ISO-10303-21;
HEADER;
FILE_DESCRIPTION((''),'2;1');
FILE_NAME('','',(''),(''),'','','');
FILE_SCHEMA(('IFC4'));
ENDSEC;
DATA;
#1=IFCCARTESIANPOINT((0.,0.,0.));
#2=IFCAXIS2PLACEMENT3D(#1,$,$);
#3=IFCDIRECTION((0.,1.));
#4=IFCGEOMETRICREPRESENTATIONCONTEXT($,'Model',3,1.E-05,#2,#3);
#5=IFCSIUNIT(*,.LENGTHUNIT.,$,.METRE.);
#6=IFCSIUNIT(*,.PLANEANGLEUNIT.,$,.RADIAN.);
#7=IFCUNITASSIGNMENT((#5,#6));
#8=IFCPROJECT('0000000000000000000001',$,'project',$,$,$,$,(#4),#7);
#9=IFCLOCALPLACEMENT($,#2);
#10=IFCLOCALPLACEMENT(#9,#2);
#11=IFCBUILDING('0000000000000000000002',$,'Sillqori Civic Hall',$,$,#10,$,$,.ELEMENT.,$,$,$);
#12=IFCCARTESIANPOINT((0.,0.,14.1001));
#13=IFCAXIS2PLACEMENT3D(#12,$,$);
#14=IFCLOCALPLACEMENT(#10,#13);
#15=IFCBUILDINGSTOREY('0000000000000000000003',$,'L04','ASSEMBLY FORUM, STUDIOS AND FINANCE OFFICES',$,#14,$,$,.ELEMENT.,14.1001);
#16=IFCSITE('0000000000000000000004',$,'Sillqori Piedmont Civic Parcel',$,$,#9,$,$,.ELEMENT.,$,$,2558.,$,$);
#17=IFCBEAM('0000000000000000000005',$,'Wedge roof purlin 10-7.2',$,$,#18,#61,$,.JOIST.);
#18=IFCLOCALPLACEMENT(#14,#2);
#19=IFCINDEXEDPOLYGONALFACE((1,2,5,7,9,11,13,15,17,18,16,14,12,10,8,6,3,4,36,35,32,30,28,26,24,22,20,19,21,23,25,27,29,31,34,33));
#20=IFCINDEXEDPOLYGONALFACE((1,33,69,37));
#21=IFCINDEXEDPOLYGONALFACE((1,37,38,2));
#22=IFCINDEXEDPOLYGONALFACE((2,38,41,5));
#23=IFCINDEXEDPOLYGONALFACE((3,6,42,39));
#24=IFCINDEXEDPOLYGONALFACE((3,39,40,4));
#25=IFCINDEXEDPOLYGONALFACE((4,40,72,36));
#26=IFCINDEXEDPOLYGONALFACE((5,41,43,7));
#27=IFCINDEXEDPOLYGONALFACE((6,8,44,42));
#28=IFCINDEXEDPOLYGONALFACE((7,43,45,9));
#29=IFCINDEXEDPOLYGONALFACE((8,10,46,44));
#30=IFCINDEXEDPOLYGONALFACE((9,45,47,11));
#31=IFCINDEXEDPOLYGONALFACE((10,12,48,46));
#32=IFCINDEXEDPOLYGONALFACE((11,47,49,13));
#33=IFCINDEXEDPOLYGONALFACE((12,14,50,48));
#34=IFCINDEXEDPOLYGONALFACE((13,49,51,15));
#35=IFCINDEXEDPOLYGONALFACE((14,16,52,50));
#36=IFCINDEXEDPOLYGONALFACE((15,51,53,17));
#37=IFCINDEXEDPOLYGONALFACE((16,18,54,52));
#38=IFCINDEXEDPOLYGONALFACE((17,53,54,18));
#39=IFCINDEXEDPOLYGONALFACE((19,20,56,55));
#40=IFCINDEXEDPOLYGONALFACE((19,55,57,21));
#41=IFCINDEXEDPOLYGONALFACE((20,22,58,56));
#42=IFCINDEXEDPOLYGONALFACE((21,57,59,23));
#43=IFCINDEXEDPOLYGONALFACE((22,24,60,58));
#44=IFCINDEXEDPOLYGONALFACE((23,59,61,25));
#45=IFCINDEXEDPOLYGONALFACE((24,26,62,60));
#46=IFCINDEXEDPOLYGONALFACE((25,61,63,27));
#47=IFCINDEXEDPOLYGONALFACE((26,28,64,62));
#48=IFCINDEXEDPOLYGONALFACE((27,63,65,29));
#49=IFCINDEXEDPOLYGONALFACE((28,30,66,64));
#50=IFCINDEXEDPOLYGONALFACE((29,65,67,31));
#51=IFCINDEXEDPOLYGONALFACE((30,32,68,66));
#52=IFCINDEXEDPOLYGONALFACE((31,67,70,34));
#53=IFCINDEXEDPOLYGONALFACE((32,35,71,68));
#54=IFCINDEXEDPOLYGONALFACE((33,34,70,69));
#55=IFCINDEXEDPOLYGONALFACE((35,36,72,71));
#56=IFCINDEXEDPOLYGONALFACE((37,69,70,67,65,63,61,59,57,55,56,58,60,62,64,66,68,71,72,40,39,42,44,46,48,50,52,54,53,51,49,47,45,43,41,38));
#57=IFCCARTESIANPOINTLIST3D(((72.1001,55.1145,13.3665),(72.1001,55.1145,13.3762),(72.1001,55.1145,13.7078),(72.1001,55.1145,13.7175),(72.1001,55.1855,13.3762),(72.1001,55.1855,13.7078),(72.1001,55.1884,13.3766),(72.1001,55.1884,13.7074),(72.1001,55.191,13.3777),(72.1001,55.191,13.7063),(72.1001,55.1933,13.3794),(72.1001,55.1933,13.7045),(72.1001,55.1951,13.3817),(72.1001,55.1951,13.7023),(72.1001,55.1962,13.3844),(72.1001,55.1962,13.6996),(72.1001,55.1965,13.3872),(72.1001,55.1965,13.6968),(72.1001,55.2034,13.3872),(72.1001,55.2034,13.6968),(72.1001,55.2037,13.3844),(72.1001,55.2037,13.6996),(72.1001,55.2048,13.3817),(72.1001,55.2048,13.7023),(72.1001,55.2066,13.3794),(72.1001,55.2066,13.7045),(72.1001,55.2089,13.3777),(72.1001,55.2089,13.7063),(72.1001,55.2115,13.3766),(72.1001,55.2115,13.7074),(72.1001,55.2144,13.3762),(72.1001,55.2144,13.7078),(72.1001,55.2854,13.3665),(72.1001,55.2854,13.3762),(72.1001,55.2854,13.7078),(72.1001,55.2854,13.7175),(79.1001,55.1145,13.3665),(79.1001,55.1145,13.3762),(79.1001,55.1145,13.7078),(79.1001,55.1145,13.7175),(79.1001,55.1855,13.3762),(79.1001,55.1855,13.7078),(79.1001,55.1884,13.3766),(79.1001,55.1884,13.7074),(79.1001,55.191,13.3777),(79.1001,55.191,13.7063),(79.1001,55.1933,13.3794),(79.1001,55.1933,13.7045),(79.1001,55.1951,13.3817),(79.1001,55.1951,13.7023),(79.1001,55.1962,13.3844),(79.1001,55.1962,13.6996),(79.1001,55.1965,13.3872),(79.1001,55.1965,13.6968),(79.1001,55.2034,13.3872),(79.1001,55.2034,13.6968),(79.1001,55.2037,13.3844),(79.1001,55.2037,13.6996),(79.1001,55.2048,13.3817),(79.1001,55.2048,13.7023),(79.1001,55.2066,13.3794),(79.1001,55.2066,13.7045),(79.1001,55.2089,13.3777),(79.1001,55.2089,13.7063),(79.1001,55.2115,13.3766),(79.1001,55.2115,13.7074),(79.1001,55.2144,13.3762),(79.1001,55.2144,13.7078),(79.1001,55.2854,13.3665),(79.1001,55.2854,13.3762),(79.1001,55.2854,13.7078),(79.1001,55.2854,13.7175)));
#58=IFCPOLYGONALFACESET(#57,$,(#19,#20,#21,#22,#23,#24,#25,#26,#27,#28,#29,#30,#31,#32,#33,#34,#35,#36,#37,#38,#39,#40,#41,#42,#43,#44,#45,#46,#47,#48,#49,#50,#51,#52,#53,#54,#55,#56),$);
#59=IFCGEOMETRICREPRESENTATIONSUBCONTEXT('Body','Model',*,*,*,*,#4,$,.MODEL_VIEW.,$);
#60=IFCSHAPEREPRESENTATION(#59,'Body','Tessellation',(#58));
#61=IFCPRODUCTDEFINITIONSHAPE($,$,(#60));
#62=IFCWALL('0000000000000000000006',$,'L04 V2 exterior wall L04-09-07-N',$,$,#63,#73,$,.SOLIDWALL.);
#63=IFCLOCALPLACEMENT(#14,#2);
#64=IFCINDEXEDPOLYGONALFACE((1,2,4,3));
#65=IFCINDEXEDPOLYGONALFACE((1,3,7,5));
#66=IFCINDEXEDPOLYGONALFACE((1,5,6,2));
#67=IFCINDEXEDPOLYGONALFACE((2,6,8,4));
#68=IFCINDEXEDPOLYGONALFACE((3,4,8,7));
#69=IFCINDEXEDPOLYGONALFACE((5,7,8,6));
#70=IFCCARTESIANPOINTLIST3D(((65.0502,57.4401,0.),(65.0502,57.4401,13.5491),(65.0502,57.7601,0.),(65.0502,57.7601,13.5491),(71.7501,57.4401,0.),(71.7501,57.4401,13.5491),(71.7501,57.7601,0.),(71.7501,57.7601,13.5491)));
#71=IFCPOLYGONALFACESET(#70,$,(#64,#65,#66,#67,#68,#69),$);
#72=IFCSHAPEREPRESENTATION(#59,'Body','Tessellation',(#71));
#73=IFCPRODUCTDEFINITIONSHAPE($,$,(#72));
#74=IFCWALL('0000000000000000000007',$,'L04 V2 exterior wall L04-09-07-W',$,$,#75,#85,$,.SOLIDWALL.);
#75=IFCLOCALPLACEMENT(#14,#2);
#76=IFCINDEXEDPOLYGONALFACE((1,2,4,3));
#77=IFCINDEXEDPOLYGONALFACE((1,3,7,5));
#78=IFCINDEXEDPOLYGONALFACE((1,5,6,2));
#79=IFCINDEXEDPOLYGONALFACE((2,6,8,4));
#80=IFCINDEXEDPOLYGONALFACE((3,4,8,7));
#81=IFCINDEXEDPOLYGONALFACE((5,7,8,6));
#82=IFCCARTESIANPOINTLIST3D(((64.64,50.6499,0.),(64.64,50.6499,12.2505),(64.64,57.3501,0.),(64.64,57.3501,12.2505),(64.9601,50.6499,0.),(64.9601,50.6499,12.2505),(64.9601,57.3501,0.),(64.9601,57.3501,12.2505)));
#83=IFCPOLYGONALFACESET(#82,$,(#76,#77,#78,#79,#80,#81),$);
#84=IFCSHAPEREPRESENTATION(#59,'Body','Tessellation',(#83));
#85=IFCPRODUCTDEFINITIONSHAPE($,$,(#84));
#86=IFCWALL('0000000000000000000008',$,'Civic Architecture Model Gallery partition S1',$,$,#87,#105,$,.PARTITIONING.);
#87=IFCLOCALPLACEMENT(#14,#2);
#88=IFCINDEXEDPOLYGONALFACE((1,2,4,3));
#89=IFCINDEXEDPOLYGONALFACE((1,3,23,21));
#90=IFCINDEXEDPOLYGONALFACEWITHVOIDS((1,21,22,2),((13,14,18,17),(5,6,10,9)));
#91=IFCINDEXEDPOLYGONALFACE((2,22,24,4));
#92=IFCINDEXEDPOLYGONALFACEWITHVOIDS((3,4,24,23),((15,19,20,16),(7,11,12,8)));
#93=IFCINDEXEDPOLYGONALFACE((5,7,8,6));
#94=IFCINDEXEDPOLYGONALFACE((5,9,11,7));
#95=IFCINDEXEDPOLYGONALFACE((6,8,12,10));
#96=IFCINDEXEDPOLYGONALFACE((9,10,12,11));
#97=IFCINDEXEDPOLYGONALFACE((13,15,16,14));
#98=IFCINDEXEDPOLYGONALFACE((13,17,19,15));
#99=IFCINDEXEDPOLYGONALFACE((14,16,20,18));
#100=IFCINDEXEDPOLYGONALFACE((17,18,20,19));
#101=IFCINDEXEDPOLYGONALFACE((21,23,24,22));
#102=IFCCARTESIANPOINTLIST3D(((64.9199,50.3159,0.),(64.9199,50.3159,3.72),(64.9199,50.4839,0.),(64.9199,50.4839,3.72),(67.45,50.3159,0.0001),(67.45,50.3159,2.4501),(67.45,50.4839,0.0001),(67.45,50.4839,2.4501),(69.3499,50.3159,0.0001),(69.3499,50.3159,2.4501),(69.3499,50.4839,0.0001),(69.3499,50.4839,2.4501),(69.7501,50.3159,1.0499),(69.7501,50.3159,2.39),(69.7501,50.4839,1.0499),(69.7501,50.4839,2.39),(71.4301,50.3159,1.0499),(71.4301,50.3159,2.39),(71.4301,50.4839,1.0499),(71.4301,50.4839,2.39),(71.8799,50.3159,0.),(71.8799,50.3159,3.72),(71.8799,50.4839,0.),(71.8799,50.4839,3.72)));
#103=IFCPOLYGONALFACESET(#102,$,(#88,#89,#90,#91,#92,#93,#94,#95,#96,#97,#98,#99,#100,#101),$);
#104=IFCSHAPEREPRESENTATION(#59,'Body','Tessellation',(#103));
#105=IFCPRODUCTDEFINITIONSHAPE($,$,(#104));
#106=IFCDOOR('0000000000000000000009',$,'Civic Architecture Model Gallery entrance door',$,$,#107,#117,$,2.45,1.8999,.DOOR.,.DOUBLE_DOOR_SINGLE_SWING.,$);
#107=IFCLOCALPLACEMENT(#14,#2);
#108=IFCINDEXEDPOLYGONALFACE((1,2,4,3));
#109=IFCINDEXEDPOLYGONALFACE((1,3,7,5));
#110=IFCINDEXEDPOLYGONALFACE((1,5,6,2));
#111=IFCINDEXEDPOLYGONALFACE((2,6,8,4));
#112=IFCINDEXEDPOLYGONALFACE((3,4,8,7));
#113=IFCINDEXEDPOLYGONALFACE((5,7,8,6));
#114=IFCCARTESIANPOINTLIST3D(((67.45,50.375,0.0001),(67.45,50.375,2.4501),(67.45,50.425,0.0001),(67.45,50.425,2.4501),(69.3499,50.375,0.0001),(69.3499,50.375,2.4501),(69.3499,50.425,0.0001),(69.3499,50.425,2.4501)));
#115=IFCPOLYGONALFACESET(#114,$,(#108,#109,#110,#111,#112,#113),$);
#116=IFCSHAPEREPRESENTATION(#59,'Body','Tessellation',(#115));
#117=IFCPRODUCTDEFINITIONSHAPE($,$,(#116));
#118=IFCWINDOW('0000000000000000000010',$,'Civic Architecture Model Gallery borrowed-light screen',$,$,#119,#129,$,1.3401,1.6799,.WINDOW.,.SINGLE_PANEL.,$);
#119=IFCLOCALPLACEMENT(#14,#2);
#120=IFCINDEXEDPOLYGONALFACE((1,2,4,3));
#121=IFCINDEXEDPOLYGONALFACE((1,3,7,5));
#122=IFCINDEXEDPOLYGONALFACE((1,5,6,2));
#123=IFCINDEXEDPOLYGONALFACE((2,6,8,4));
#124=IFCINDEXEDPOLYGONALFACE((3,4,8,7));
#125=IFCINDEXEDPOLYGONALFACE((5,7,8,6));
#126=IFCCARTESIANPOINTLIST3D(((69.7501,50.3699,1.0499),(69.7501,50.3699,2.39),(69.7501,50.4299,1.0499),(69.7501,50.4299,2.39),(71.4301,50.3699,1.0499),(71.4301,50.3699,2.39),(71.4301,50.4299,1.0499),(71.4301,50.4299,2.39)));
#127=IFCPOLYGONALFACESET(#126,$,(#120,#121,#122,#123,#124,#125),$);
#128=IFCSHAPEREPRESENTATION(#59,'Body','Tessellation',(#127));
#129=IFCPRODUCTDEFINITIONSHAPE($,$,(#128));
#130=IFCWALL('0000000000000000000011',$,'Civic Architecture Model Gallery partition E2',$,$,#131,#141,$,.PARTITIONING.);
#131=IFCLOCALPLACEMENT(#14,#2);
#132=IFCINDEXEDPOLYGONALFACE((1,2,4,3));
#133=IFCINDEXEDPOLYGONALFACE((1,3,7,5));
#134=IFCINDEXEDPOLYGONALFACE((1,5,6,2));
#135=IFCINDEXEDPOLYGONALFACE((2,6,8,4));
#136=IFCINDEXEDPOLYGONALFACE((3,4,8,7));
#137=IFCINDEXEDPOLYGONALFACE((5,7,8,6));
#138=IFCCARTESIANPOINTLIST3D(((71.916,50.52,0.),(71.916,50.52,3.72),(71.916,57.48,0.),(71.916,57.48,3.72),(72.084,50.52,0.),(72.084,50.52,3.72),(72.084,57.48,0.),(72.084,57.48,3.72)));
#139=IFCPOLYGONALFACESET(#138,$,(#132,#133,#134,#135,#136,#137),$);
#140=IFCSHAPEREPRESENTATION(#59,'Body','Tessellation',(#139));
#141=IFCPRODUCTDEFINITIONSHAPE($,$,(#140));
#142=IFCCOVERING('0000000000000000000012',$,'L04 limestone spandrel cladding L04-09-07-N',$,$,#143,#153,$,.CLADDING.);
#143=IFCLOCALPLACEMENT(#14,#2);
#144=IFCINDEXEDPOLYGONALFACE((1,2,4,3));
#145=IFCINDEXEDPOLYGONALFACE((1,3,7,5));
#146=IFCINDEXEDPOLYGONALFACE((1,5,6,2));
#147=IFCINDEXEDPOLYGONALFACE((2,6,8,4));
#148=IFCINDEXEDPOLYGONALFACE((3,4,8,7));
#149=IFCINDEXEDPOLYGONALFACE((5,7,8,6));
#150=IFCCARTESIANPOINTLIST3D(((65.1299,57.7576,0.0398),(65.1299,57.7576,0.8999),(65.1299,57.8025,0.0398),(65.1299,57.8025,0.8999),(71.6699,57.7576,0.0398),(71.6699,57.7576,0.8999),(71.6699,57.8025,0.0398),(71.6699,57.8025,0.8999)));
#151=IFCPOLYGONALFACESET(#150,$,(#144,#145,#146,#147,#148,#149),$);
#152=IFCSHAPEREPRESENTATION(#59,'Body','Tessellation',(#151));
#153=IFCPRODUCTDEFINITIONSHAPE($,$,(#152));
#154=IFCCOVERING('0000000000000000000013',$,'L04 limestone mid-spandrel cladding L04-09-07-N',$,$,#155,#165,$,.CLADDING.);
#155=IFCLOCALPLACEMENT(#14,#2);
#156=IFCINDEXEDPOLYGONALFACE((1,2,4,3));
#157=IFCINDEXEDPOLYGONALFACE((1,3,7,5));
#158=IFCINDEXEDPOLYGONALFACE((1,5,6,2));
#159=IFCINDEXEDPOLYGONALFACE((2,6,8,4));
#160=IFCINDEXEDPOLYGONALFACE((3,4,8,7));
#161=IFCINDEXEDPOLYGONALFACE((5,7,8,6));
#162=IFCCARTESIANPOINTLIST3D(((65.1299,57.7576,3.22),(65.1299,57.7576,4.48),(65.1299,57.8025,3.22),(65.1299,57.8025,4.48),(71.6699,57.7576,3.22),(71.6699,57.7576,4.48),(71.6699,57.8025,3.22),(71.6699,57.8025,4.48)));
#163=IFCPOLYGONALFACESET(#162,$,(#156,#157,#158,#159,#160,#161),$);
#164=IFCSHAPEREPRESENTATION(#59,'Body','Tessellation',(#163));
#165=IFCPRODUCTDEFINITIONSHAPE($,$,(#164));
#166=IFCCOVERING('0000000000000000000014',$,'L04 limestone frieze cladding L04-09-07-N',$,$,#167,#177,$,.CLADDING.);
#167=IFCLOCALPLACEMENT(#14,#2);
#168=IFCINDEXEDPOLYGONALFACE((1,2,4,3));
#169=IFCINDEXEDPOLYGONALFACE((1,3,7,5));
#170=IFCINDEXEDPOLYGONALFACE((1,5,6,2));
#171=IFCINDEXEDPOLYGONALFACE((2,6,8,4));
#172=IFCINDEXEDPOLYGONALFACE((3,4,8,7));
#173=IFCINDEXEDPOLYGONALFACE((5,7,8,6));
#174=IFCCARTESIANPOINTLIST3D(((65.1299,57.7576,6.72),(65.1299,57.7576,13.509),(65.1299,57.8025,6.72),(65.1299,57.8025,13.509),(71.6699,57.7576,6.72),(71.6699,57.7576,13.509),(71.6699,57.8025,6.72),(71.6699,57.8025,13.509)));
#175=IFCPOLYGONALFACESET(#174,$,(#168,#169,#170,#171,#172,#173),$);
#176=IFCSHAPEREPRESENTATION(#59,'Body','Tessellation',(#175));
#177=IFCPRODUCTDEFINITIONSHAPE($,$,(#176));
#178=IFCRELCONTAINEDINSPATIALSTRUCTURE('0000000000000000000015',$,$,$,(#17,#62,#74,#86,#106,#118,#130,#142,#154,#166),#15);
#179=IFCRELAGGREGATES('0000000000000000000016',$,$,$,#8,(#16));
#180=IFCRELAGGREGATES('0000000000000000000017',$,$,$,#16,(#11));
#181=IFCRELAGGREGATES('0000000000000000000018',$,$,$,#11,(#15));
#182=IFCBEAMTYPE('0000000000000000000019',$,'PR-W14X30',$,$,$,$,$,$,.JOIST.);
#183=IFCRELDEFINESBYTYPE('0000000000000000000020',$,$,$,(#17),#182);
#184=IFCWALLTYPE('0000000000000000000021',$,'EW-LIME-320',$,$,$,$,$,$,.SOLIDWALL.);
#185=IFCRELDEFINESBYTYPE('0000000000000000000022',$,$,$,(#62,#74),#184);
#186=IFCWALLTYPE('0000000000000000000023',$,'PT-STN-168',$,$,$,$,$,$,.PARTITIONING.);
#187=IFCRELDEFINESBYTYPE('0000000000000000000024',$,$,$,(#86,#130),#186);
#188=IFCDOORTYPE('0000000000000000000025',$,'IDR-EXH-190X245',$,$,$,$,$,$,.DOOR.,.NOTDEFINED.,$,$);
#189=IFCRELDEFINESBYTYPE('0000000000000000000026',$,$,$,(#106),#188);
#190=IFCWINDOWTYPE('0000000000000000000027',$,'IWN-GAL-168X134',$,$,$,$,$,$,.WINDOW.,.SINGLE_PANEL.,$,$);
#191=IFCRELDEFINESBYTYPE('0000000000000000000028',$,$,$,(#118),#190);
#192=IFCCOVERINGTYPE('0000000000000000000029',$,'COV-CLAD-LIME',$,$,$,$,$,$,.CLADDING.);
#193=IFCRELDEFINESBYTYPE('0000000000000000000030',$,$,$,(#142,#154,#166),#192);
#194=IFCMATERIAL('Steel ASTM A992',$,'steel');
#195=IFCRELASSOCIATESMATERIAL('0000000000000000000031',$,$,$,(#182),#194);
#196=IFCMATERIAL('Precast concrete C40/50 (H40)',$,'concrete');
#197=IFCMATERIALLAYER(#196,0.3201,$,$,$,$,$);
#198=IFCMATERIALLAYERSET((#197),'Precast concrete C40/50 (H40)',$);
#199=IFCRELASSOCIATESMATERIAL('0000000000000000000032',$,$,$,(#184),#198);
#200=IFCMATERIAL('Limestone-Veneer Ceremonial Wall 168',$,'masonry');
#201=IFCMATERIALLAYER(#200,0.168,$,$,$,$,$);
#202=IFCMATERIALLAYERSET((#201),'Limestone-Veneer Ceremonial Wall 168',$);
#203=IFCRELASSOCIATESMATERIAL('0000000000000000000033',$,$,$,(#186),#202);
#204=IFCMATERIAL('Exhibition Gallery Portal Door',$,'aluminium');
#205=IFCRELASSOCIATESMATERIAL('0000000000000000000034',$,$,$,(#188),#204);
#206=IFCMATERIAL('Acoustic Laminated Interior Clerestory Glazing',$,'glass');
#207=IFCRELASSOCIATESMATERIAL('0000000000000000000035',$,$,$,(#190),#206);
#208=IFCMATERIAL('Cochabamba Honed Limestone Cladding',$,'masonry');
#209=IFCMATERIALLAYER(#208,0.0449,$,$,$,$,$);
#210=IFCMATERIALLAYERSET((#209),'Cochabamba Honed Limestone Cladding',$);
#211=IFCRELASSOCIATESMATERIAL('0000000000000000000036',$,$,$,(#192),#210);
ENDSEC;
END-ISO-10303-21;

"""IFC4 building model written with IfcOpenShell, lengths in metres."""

from ifc_helpers import new_model, si_unit, direction, frame, frame_2d, origin, origin_2d, place, context, subcontext, project, spatial, rectangle, i_section, extrude, material, layer, layer_set, material_profile, profile_set, type_object, element, fill, save


model = new_model("IFC4")

# Units and contexts
model_context = context("Model", 3, precision=1e-05, world=origin(), true_north=direction((0.0, 1.0)))
body_context = subcontext(model_context, "Body", "Model", "MODEL_VIEW")
ifc_project = project(units=[si_unit("LENGTHUNIT", "METRE"), si_unit("PLANEANGLEUNIT", "RADIAN")], contexts=[model_context])

# Site, building, storey
site_placement = place(None, origin())
site = spatial("IfcSite", under=ifc_project, at=site_placement, Name="Sillqori Piedmont Civic Parcel", CompositionType="ELEMENT", RefElevation=2558.0)
building_placement = place(site_placement, origin())
building = spatial("IfcBuilding", under=site, at=building_placement, Name="Sillqori Civic Hall", CompositionType="ELEMENT")
storey_placement = place(building_placement, frame((0.0, 0.0, 14.1001)))
storey = spatial("IfcBuildingStorey", under=building, at=storey_placement, Name="L04", Description="ASSEMBLY FORUM, STUDIOS AND FINANCE OFFICES", CompositionType="ELEMENT", Elevation=14.1001)

# Shared definitions
ifc_material_1 = material(Name="Steel ASTM A992", Category="steel")

# Beam
ifc_material_profile_1 = material_profile(ifc_material_1, i_section(OverallWidth=0.1709, OverallDepth=0.3511, WebThickness=0.0068, FlangeThickness=0.0098, FilletRadius=0.011, at=origin_2d()), Name="W14X30")
ifc_profile_set_1 = profile_set([ifc_material_profile_1], Name="Steel ASTM A992")
beam_type_1 = type_object("IfcBeamType", Name="PR-W14X30", PredefinedType="JOIST", material=ifc_profile_set_1)
for number, where, z_axis, x_axis, name in (
    (1, (72.1001, 55.2, 13.542), (1.0, 0.0, 0.0), (0.0, 1.0, 0.0), "Wedge roof purlin 10-7.2"),
):
    element("IfcBeam", number, at=place(storey_placement, frame(where, z_axis=z_axis, x_axis=x_axis)), inside=storey, type_object=beam_type_1, Name=name, PredefinedType="JOIST", context=body_context, shape_type="SweptSolid", body=[
        extrude(i_section(OverallWidth=0.1709, OverallDepth=0.3511, WebThickness=0.0068, FlangeThickness=0.0098, FilletRadius=0.011, at=origin_2d()), origin(), (0.0, 0.0, 1.0), 7.0),
    ])

# Walls
ifc_material_2 = material(Name="Precast concrete C40/50 (H40)", Category="concrete")
ifc_layer_1 = layer(ifc_material_2, 0.3201)
ifc_layer_set_1 = layer_set([ifc_layer_1], Name="Precast concrete C40/50 (H40)")
wall_type_1 = type_object("IfcWallType", Name="EW-LIME-320", PredefinedType="SOLIDWALL", material=ifc_layer_set_1)
wall_1_placement = place(storey_placement, frame((65.05, 57.6001, 0.0), z_axis=(0.0, 0.0, 1.0), x_axis=(1.0, 0.0, 0.0)))
element("IfcWall", 2, at=wall_1_placement, inside=storey, type_object=wall_type_1, Name="L04 V2 exterior wall L04-09-07-N", PredefinedType="SOLIDWALL", context=body_context, shape_type="SweptSolid", body=[
    extrude(rectangle(XDim=6.7, YDim=0.3201, at=frame_2d((3.3501, 0.0))), origin(), (0.0, 0.0, 1.0), 13.5491),
])
wall_2_placement = place(storey_placement, frame((64.8, 50.6499, 0.0), z_axis=(0.0, 0.0, 1.0), x_axis=(0.0, 1.0, 0.0)))
element("IfcWall", 3, at=wall_2_placement, inside=storey, type_object=wall_type_1, Name="L04 V2 exterior wall L04-09-07-W", PredefinedType="SOLIDWALL", context=body_context, shape_type="SweptSolid", body=[
    extrude(rectangle(XDim=6.7002, YDim=0.3201, at=frame_2d((3.3501, 0.0))), origin(), (0.0, 0.0, 1.0), 12.2505),
])

# Wall, openings, door, window
ifc_material_3 = material(Name="Limestone-Veneer Ceremonial Wall 168", Category="masonry")
ifc_layer_2 = layer(ifc_material_3, 0.168)
ifc_layer_set_2 = layer_set([ifc_layer_2], Name="Limestone-Veneer Ceremonial Wall 168")
wall_type_2 = type_object("IfcWallType", Name="PT-STN-168", PredefinedType="PARTITIONING", material=ifc_layer_set_2)
wall_3_placement = place(storey_placement, frame((71.8799, 50.3999, 0.0), z_axis=(0.0, 0.0, 1.0), x_axis=(-1.0, 0.0, 0.0)))
wall_3 = element("IfcWall", 4, at=wall_3_placement, inside=storey, type_object=wall_type_2, Name="Civic Architecture Model Gallery partition S1", PredefinedType="PARTITIONING", context=body_context, shape_type="SweptSolid", body=[
    extrude(rectangle(XDim=6.96, YDim=0.168, at=frame_2d((3.48, 0.0))), origin(), (0.0, 0.0, 1.0), 3.72),
])
opening_1_placement = place(wall_3_placement, frame((2.53, 0.0, 0.0)))
opening_1 = element("IfcOpeningElement", 5, at=opening_1_placement, cuts=wall_3, PredefinedType="OPENING", context=body_context, shape_type="SweptSolid", body=[
    extrude(rectangle(XDim=1.8999, YDim=2.45, at=frame_2d((0.95, 1.2251))), frame((0.0, 0.094, 0.0), z_axis=(0.0, -1.0, 0.0), x_axis=(1.0, 0.0, 0.0)), (0.0, 0.0, 1.0), 0.188),
])
opening_2_placement = place(wall_3_placement, frame((0.45, 0.0, 1.05)))
opening_2 = element("IfcOpeningElement", 6, at=opening_2_placement, cuts=wall_3, PredefinedType="OPENING", context=body_context, shape_type="SweptSolid", body=[
    extrude(rectangle(XDim=1.6799, YDim=1.3401, at=frame_2d((0.8398, 0.6699))), frame((0.0, 0.094, 0.0), z_axis=(0.0, -1.0, 0.0), x_axis=(1.0, 0.0, 0.0)), (0.0, 0.0, 1.0), 0.188),
])
ifc_material_4 = material(Name="Exhibition Gallery Portal Door", Category="aluminium")
door_type = type_object("IfcDoorType", Name="IDR-EXH-190X245", OperationType="NOTDEFINED", PredefinedType="DOOR", material=ifc_material_4)
door_placement = place(opening_1_placement, origin())
door = element("IfcDoor", 7, at=door_placement, inside=storey, type_object=door_type, Name="Civic Architecture Model Gallery entrance door", OperationType="DOUBLE_DOOR_SINGLE_SWING", OverallHeight=2.45, OverallWidth=1.8999, PredefinedType="DOOR", context=body_context, shape_type="SweptSolid", body=[
    extrude(rectangle(XDim=1.8999, YDim=2.45, at=frame_2d((0.95, 1.2251))), frame((0.0, 0.0249, 0.0), z_axis=(0.0, -1.0, 0.0), x_axis=(1.0, 0.0, 0.0)), (0.0, 0.0, 1.0), 0.05),
])
fill(opening_1, door)
ifc_material_5 = material(Name="Acoustic Laminated Interior Clerestory Glazing", Category="glass")
window_type = type_object("IfcWindowType", Name="IWN-GAL-168X134", PartitioningType="SINGLE_PANEL", PredefinedType="WINDOW", material=ifc_material_5)
window_placement = place(opening_2_placement, origin())
window = element("IfcWindow", 8, at=window_placement, inside=storey, type_object=window_type, Name="Civic Architecture Model Gallery borrowed-light screen", OverallHeight=1.3401, OverallWidth=1.6799, PartitioningType="SINGLE_PANEL", PredefinedType="WINDOW", context=body_context, shape_type="SweptSolid", body=[
    extrude(rectangle(XDim=1.6799, YDim=1.3401, at=frame_2d((0.8398, 0.6699))), frame((0.0, 0.03, 0.0), z_axis=(0.0, -1.0, 0.0), x_axis=(1.0, 0.0, 0.0)), (0.0, 0.0, 1.0), 0.0601),
])
fill(opening_2, window)

# Wall
wall_4_placement = place(storey_placement, frame((72.0, 57.48, 0.0), z_axis=(0.0, 0.0, 1.0), x_axis=(0.0, -1.0, 0.0)))
element("IfcWall", 9, at=wall_4_placement, inside=storey, type_object=wall_type_2, Name="Civic Architecture Model Gallery partition E2", PredefinedType="PARTITIONING", context=body_context, shape_type="SweptSolid", body=[
    extrude(rectangle(XDim=6.96, YDim=0.168, at=frame_2d((3.48, 0.0))), origin(), (0.0, 0.0, 1.0), 3.72),
])

# Coverings
ifc_material_6 = material(Name="Cochabamba Honed Limestone Cladding", Category="masonry")
ifc_layer_3 = layer(ifc_material_6, 0.0449)
ifc_layer_set_3 = layer_set([ifc_layer_3], Name="Cochabamba Honed Limestone Cladding")
covering_type = type_object("IfcCoveringType", Name="COV-CLAD-LIME", PredefinedType="CLADDING", material=ifc_layer_set_3)
covering_1_placement = place(storey_placement, frame((65.1299, 57.78, 0.0398), z_axis=(0.0, 0.0, 1.0), x_axis=(1.0, 0.0, 0.0)))
element("IfcCovering", 10, at=covering_1_placement, inside=storey, type_object=covering_type, Name="L04 limestone spandrel cladding L04-09-07-N", PredefinedType="CLADDING", context=body_context, shape_type="SweptSolid", body=[
    extrude(rectangle(XDim=6.54, YDim=0.0449, at=frame_2d((3.27, 0.0))), origin(), (0.0, 0.0, 1.0), 0.8601),
])
covering_2_placement = place(storey_placement, frame((65.1299, 57.78, 3.22), z_axis=(0.0, 0.0, 1.0), x_axis=(1.0, 0.0, 0.0)))
element("IfcCovering", 11, at=covering_2_placement, inside=storey, type_object=covering_type, Name="L04 limestone mid-spandrel cladding L04-09-07-N", PredefinedType="CLADDING", context=body_context, shape_type="SweptSolid", body=[
    extrude(rectangle(XDim=6.54, YDim=0.0449, at=frame_2d((3.27, 0.0))), origin(), (0.0, 0.0, 1.0), 1.26),
])
covering_3_placement = place(storey_placement, frame((65.1299, 57.78, 6.72), z_axis=(0.0, 0.0, 1.0), x_axis=(1.0, 0.0, 0.0)))
element("IfcCovering", 12, at=covering_3_placement, inside=storey, type_object=covering_type, Name="L04 limestone frieze cladding L04-09-07-N", PredefinedType="CLADDING", context=body_context, shape_type="SweptSolid", body=[
    extrude(rectangle(XDim=6.54, YDim=0.0449, at=frame_2d((3.27, 0.0))), origin(), (0.0, 0.0, 1.0), 6.7891),
])

save(model, "model.ifc")
